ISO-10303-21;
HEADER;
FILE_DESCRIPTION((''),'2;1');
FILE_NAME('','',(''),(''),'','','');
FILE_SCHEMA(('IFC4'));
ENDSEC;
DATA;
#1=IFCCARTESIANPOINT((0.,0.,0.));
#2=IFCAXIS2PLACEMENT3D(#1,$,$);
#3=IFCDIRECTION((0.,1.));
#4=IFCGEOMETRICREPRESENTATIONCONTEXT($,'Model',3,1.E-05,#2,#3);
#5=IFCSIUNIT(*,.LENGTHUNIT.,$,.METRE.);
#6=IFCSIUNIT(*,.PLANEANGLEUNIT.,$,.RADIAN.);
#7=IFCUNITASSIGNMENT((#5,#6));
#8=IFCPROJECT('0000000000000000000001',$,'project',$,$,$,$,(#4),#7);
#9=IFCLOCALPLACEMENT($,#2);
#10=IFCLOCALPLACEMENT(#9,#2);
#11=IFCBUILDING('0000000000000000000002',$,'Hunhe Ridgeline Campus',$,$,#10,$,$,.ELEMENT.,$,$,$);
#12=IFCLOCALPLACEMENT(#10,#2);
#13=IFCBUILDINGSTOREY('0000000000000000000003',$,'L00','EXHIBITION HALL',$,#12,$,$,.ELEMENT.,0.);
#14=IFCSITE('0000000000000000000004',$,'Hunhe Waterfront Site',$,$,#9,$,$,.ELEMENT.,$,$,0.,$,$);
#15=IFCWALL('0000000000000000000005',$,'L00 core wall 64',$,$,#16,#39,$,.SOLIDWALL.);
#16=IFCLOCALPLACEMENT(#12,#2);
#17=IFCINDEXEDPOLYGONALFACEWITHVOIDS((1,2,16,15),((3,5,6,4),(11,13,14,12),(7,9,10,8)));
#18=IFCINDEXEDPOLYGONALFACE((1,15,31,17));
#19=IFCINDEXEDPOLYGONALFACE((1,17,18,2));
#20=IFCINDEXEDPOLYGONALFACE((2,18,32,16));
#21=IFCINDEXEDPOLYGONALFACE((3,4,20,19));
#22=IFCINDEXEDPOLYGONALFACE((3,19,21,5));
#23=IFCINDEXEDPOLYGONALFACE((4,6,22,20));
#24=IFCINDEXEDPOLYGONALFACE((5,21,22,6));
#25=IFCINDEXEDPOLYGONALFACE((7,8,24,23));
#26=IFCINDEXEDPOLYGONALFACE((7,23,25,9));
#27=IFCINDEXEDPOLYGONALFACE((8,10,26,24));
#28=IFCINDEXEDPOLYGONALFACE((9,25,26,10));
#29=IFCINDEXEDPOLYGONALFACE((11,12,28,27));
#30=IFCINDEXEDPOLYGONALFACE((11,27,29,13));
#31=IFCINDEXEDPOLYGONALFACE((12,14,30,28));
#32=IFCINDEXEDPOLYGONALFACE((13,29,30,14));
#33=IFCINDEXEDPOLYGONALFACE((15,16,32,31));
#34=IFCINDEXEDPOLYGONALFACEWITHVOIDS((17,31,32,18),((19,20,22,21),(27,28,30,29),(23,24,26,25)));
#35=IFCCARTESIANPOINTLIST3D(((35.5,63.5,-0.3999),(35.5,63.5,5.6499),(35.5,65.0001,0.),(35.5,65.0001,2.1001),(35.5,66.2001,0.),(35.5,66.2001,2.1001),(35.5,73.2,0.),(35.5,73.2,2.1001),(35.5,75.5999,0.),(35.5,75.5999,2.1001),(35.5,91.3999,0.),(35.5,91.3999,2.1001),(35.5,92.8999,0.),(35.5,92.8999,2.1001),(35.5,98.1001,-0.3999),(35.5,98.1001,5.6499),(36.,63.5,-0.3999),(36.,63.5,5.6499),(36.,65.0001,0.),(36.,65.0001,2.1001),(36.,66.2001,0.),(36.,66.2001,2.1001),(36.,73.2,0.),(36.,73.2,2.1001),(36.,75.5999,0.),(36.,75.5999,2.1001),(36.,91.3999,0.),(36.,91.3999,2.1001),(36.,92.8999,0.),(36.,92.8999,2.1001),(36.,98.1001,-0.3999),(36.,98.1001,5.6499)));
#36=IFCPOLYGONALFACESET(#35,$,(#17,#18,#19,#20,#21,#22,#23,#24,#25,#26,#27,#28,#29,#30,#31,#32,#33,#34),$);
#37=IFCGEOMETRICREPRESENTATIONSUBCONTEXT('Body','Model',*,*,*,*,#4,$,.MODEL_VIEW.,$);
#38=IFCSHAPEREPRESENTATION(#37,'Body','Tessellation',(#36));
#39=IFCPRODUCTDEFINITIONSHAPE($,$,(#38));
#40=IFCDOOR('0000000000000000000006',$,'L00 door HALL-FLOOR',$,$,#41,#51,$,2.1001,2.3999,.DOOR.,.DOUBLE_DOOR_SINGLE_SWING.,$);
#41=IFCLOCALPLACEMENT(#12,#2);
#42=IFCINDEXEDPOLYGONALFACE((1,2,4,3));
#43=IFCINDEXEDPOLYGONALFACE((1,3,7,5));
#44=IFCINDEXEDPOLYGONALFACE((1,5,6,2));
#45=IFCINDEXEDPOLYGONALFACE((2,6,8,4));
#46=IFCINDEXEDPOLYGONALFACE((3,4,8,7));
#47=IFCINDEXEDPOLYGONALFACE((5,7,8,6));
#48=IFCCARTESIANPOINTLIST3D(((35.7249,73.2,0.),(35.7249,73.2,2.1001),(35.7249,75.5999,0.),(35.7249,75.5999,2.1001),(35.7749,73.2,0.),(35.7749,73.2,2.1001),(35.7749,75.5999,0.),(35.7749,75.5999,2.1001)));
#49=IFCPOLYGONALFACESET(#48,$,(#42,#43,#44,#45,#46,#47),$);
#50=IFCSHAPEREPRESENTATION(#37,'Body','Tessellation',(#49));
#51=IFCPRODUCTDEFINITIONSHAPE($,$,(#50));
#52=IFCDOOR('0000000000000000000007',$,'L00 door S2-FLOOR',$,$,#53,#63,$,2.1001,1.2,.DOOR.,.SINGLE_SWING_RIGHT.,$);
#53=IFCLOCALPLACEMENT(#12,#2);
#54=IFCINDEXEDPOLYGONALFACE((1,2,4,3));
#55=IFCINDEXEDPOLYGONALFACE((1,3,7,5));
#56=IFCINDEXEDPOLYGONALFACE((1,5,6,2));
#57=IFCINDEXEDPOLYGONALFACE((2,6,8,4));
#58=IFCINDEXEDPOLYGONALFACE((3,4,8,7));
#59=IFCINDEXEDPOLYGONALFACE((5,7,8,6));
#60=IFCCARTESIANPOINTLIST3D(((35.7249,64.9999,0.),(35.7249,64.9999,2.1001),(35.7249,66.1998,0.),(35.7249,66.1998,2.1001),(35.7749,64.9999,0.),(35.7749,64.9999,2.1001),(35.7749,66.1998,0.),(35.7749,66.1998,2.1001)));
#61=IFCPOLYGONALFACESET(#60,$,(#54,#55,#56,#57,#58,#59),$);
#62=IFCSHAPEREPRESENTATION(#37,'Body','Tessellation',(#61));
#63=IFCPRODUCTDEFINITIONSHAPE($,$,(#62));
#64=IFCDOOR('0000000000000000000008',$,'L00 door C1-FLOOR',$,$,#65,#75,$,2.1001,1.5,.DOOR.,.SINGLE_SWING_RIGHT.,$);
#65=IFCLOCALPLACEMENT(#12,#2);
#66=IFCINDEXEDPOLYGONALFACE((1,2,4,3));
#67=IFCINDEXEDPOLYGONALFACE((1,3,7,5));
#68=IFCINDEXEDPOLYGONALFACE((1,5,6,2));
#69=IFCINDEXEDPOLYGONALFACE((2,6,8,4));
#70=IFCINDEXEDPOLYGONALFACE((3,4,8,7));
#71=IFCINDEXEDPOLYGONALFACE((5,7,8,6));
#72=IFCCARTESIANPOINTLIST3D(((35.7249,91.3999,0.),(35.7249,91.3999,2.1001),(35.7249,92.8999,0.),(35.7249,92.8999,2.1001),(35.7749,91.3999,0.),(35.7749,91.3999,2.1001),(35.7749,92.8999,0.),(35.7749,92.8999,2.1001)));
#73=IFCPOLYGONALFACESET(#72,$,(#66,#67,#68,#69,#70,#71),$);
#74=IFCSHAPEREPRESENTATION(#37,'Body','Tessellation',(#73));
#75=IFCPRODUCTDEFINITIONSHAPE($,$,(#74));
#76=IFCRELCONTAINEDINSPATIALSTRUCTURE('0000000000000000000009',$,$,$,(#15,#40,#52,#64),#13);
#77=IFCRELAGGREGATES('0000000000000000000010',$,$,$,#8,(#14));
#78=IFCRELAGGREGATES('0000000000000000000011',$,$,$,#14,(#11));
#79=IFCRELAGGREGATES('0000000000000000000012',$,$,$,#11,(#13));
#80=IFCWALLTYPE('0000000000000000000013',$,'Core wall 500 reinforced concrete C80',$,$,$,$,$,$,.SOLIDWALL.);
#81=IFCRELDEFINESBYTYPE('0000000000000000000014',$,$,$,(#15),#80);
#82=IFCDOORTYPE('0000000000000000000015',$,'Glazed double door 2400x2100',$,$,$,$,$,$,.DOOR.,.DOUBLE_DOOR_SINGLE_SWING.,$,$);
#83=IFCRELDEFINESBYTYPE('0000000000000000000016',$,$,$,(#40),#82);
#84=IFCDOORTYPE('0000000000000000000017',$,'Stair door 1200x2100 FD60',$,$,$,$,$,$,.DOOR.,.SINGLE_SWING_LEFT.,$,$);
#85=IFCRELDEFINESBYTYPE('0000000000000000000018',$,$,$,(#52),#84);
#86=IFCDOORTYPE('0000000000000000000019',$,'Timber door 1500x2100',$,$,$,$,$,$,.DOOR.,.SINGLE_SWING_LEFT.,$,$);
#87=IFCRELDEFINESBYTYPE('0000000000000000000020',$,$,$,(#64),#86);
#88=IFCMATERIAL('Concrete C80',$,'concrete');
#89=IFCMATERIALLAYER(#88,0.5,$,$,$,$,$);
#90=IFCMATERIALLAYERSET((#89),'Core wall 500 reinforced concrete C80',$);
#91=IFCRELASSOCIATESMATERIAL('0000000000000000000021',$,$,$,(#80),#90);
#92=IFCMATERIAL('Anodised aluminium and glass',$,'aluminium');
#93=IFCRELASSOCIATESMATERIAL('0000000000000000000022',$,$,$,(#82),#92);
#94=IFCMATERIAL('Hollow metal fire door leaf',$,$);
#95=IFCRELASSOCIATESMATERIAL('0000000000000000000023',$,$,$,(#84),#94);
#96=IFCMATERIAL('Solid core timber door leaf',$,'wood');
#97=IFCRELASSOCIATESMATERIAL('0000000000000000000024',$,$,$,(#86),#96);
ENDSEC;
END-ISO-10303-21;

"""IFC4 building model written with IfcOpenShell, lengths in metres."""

from ifc_helpers import new_model, si_unit, direction, frame, frame_2d, origin, place, context, subcontext, project, spatial, rectangle, extrude, material, layer, layer_set, type_object, element, fill, save


model = new_model("IFC4")

# Units and contexts
model_context = context("Model", 3, precision=1e-05, world=origin(), true_north=direction((0.0, 1.0)))
body_context = subcontext(model_context, "Body", "Model", "MODEL_VIEW")
ifc_project = project(units=[si_unit("LENGTHUNIT", "METRE"), si_unit("PLANEANGLEUNIT", "RADIAN")], contexts=[model_context])

# Site, building, storey
site_placement = place(None, origin())
site = spatial("IfcSite", under=ifc_project, at=site_placement, Name="Hunhe Waterfront Site", CompositionType="ELEMENT", RefElevation=0.0)
building_placement = place(site_placement, origin())
building = spatial("IfcBuilding", under=site, at=building_placement, Name="Hunhe Ridgeline Campus", CompositionType="ELEMENT")
storey_placement = place(building_placement, origin())
storey = spatial("IfcBuildingStorey", under=building, at=storey_placement, Name="L00", Description="EXHIBITION HALL", CompositionType="ELEMENT", Elevation=0.0)

# Shared definitions
ifc_material_1 = material(Name="Concrete C80", Category="concrete")

# Wall, openings, doors
ifc_layer_1 = layer(ifc_material_1, 0.5)
ifc_layer_set_1 = layer_set([ifc_layer_1], Name="Core wall 500 reinforced concrete C80")
wall_type_1 = type_object("IfcWallType", Name="Core wall 500 reinforced concrete C80", PredefinedType="SOLIDWALL", material=ifc_layer_set_1)
wall_1_placement = place(storey_placement, frame((35.75, 63.5, -0.3999), z_axis=(0.0, 0.0, 1.0), x_axis=(0.0, 1.0, 0.0)))
wall_1 = element("IfcWall", 1, at=wall_1_placement, inside=storey, type_object=wall_type_1, Name="L00 core wall 64", PredefinedType="SOLIDWALL", context=body_context, shape_type="SweptSolid", body=[
    extrude(rectangle(XDim=34.6001, YDim=0.5, at=frame_2d((17.3, 0.0))), origin(), (0.0, 0.0, 1.0), 6.0498),
])
opening_1_placement = place(wall_1_placement, frame((9.7, 0.0, 0.3999)))
opening_1 = element("IfcOpeningElement", 2, at=opening_1_placement, cuts=wall_1, PredefinedType="OPENING", context=body_context, shape_type="SweptSolid", body=[
    extrude(rectangle(XDim=2.3999, YDim=2.1001, at=frame_2d((1.2, 1.05))), frame((0.0, 0.25, 0.0), z_axis=(0.0, -1.0, 0.0), x_axis=(1.0, 0.0, 0.0)), (0.0, 0.0, 1.0), 0.5),
])
opening_2_placement = place(wall_1_placement, frame((27.8999, 0.0, 0.3999)))
opening_2 = element("IfcOpeningElement", 3, at=opening_2_placement, cuts=wall_1, PredefinedType="OPENING", context=body_context, shape_type="SweptSolid", body=[
    extrude(rectangle(XDim=1.5, YDim=2.1001, at=frame_2d((0.75, 1.05))), frame((0.0, 0.25, 0.0), z_axis=(0.0, -1.0, 0.0), x_axis=(1.0, 0.0, 0.0)), (0.0, 0.0, 1.0), 0.5),
])
opening_3_placement = place(wall_1_placement, frame((1.5, 0.0, 0.3999)))
opening_3 = element("IfcOpeningElement", 4, at=opening_3_placement, cuts=wall_1, PredefinedType="OPENING", context=body_context, shape_type="SweptSolid", body=[
    extrude(rectangle(XDim=1.2, YDim=2.1001, at=frame_2d((0.6001, 1.05))), frame((0.0, 0.25, 0.0), z_axis=(0.0, -1.0, 0.0), x_axis=(1.0, 0.0, 0.0)), (0.0, 0.0, 1.0), 0.5),
])
ifc_material_2 = material(Name="Anodised aluminium and glass", Category="aluminium")
door_type_1 = type_object("IfcDoorType", Name="Glazed double door 2400x2100", OperationType="DOUBLE_DOOR_SINGLE_SWING", PredefinedType="DOOR", material=ifc_material_2)
door_1_placement = place(opening_1_placement, frame((2.3999, 0.0, 0.0), z_axis=(0.0, 0.0, 1.0), x_axis=(-1.0, 0.0, 0.0)))
door_1 = element("IfcDoor", 5, at=door_1_placement, inside=storey, type_object=door_type_1, Name="L00 door HALL-FLOOR", OperationType="DOUBLE_DOOR_SINGLE_SWING", OverallHeight=2.1001, OverallWidth=2.3999, PredefinedType="DOOR", context=body_context, shape_type="SweptSolid", body=[
    extrude(rectangle(XDim=2.3999, YDim=2.1001, at=frame_2d((1.2, 1.05))), frame((0.0, 0.0249, 0.0), z_axis=(0.0, -1.0, 0.0), x_axis=(1.0, 0.0, 0.0)), (0.0, 0.0, 1.0), 0.05),
])
fill(opening_1, door_1)
ifc_material_3 = material(Name="Hollow metal fire door leaf")
door_type_2 = type_object("IfcDoorType", Name="Stair door 1200x2100 FD60", OperationType="SINGLE_SWING_LEFT", PredefinedType="DOOR", material=ifc_material_3)
door_2_placement = place(opening_3_placement, frame((1.2, 0.0, 0.0), z_axis=(0.0, 0.0, 1.0), x_axis=(-1.0, 0.0, 0.0)))
door_2 = element("IfcDoor", 6, at=door_2_placement, inside=storey, type_object=door_type_2, Name="L00 door S2-FLOOR", OperationType="SINGLE_SWING_RIGHT", OverallHeight=2.1001, OverallWidth=1.2, PredefinedType="DOOR", context=body_context, shape_type="SweptSolid", body=[
    extrude(rectangle(XDim=1.2, YDim=2.1001, at=frame_2d((0.6001, 1.05))), frame((0.0, 0.0249, 0.0), z_axis=(0.0, -1.0, 0.0), x_axis=(1.0, 0.0, 0.0)), (0.0, 0.0, 1.0), 0.05),
])
fill(opening_3, door_2)
ifc_material_4 = material(Name="Solid core timber door leaf", Category="wood")
door_type_3 = type_object("IfcDoorType", Name="Timber door 1500x2100", OperationType="SINGLE_SWING_LEFT", PredefinedType="DOOR", material=ifc_material_4)
door_3_placement = place(opening_2_placement, frame((1.5, 0.0, 0.0), z_axis=(0.0, 0.0, 1.0), x_axis=(-1.0, 0.0, 0.0)))
door_3 = element("IfcDoor", 7, at=door_3_placement, inside=storey, type_object=door_type_3, Name="L00 door C1-FLOOR", OperationType="SINGLE_SWING_RIGHT", OverallHeight=2.1001, OverallWidth=1.5, PredefinedType="DOOR", context=body_context, shape_type="SweptSolid", body=[
    extrude(rectangle(XDim=1.5, YDim=2.1001, at=frame_2d((0.75, 1.05))), frame((0.0, 0.0249, 0.0), z_axis=(0.0, -1.0, 0.0), x_axis=(1.0, 0.0, 0.0)), (0.0, 0.0, 1.0), 0.05),
])
fill(opening_2, door_3)

save(model, "model.ifc")
